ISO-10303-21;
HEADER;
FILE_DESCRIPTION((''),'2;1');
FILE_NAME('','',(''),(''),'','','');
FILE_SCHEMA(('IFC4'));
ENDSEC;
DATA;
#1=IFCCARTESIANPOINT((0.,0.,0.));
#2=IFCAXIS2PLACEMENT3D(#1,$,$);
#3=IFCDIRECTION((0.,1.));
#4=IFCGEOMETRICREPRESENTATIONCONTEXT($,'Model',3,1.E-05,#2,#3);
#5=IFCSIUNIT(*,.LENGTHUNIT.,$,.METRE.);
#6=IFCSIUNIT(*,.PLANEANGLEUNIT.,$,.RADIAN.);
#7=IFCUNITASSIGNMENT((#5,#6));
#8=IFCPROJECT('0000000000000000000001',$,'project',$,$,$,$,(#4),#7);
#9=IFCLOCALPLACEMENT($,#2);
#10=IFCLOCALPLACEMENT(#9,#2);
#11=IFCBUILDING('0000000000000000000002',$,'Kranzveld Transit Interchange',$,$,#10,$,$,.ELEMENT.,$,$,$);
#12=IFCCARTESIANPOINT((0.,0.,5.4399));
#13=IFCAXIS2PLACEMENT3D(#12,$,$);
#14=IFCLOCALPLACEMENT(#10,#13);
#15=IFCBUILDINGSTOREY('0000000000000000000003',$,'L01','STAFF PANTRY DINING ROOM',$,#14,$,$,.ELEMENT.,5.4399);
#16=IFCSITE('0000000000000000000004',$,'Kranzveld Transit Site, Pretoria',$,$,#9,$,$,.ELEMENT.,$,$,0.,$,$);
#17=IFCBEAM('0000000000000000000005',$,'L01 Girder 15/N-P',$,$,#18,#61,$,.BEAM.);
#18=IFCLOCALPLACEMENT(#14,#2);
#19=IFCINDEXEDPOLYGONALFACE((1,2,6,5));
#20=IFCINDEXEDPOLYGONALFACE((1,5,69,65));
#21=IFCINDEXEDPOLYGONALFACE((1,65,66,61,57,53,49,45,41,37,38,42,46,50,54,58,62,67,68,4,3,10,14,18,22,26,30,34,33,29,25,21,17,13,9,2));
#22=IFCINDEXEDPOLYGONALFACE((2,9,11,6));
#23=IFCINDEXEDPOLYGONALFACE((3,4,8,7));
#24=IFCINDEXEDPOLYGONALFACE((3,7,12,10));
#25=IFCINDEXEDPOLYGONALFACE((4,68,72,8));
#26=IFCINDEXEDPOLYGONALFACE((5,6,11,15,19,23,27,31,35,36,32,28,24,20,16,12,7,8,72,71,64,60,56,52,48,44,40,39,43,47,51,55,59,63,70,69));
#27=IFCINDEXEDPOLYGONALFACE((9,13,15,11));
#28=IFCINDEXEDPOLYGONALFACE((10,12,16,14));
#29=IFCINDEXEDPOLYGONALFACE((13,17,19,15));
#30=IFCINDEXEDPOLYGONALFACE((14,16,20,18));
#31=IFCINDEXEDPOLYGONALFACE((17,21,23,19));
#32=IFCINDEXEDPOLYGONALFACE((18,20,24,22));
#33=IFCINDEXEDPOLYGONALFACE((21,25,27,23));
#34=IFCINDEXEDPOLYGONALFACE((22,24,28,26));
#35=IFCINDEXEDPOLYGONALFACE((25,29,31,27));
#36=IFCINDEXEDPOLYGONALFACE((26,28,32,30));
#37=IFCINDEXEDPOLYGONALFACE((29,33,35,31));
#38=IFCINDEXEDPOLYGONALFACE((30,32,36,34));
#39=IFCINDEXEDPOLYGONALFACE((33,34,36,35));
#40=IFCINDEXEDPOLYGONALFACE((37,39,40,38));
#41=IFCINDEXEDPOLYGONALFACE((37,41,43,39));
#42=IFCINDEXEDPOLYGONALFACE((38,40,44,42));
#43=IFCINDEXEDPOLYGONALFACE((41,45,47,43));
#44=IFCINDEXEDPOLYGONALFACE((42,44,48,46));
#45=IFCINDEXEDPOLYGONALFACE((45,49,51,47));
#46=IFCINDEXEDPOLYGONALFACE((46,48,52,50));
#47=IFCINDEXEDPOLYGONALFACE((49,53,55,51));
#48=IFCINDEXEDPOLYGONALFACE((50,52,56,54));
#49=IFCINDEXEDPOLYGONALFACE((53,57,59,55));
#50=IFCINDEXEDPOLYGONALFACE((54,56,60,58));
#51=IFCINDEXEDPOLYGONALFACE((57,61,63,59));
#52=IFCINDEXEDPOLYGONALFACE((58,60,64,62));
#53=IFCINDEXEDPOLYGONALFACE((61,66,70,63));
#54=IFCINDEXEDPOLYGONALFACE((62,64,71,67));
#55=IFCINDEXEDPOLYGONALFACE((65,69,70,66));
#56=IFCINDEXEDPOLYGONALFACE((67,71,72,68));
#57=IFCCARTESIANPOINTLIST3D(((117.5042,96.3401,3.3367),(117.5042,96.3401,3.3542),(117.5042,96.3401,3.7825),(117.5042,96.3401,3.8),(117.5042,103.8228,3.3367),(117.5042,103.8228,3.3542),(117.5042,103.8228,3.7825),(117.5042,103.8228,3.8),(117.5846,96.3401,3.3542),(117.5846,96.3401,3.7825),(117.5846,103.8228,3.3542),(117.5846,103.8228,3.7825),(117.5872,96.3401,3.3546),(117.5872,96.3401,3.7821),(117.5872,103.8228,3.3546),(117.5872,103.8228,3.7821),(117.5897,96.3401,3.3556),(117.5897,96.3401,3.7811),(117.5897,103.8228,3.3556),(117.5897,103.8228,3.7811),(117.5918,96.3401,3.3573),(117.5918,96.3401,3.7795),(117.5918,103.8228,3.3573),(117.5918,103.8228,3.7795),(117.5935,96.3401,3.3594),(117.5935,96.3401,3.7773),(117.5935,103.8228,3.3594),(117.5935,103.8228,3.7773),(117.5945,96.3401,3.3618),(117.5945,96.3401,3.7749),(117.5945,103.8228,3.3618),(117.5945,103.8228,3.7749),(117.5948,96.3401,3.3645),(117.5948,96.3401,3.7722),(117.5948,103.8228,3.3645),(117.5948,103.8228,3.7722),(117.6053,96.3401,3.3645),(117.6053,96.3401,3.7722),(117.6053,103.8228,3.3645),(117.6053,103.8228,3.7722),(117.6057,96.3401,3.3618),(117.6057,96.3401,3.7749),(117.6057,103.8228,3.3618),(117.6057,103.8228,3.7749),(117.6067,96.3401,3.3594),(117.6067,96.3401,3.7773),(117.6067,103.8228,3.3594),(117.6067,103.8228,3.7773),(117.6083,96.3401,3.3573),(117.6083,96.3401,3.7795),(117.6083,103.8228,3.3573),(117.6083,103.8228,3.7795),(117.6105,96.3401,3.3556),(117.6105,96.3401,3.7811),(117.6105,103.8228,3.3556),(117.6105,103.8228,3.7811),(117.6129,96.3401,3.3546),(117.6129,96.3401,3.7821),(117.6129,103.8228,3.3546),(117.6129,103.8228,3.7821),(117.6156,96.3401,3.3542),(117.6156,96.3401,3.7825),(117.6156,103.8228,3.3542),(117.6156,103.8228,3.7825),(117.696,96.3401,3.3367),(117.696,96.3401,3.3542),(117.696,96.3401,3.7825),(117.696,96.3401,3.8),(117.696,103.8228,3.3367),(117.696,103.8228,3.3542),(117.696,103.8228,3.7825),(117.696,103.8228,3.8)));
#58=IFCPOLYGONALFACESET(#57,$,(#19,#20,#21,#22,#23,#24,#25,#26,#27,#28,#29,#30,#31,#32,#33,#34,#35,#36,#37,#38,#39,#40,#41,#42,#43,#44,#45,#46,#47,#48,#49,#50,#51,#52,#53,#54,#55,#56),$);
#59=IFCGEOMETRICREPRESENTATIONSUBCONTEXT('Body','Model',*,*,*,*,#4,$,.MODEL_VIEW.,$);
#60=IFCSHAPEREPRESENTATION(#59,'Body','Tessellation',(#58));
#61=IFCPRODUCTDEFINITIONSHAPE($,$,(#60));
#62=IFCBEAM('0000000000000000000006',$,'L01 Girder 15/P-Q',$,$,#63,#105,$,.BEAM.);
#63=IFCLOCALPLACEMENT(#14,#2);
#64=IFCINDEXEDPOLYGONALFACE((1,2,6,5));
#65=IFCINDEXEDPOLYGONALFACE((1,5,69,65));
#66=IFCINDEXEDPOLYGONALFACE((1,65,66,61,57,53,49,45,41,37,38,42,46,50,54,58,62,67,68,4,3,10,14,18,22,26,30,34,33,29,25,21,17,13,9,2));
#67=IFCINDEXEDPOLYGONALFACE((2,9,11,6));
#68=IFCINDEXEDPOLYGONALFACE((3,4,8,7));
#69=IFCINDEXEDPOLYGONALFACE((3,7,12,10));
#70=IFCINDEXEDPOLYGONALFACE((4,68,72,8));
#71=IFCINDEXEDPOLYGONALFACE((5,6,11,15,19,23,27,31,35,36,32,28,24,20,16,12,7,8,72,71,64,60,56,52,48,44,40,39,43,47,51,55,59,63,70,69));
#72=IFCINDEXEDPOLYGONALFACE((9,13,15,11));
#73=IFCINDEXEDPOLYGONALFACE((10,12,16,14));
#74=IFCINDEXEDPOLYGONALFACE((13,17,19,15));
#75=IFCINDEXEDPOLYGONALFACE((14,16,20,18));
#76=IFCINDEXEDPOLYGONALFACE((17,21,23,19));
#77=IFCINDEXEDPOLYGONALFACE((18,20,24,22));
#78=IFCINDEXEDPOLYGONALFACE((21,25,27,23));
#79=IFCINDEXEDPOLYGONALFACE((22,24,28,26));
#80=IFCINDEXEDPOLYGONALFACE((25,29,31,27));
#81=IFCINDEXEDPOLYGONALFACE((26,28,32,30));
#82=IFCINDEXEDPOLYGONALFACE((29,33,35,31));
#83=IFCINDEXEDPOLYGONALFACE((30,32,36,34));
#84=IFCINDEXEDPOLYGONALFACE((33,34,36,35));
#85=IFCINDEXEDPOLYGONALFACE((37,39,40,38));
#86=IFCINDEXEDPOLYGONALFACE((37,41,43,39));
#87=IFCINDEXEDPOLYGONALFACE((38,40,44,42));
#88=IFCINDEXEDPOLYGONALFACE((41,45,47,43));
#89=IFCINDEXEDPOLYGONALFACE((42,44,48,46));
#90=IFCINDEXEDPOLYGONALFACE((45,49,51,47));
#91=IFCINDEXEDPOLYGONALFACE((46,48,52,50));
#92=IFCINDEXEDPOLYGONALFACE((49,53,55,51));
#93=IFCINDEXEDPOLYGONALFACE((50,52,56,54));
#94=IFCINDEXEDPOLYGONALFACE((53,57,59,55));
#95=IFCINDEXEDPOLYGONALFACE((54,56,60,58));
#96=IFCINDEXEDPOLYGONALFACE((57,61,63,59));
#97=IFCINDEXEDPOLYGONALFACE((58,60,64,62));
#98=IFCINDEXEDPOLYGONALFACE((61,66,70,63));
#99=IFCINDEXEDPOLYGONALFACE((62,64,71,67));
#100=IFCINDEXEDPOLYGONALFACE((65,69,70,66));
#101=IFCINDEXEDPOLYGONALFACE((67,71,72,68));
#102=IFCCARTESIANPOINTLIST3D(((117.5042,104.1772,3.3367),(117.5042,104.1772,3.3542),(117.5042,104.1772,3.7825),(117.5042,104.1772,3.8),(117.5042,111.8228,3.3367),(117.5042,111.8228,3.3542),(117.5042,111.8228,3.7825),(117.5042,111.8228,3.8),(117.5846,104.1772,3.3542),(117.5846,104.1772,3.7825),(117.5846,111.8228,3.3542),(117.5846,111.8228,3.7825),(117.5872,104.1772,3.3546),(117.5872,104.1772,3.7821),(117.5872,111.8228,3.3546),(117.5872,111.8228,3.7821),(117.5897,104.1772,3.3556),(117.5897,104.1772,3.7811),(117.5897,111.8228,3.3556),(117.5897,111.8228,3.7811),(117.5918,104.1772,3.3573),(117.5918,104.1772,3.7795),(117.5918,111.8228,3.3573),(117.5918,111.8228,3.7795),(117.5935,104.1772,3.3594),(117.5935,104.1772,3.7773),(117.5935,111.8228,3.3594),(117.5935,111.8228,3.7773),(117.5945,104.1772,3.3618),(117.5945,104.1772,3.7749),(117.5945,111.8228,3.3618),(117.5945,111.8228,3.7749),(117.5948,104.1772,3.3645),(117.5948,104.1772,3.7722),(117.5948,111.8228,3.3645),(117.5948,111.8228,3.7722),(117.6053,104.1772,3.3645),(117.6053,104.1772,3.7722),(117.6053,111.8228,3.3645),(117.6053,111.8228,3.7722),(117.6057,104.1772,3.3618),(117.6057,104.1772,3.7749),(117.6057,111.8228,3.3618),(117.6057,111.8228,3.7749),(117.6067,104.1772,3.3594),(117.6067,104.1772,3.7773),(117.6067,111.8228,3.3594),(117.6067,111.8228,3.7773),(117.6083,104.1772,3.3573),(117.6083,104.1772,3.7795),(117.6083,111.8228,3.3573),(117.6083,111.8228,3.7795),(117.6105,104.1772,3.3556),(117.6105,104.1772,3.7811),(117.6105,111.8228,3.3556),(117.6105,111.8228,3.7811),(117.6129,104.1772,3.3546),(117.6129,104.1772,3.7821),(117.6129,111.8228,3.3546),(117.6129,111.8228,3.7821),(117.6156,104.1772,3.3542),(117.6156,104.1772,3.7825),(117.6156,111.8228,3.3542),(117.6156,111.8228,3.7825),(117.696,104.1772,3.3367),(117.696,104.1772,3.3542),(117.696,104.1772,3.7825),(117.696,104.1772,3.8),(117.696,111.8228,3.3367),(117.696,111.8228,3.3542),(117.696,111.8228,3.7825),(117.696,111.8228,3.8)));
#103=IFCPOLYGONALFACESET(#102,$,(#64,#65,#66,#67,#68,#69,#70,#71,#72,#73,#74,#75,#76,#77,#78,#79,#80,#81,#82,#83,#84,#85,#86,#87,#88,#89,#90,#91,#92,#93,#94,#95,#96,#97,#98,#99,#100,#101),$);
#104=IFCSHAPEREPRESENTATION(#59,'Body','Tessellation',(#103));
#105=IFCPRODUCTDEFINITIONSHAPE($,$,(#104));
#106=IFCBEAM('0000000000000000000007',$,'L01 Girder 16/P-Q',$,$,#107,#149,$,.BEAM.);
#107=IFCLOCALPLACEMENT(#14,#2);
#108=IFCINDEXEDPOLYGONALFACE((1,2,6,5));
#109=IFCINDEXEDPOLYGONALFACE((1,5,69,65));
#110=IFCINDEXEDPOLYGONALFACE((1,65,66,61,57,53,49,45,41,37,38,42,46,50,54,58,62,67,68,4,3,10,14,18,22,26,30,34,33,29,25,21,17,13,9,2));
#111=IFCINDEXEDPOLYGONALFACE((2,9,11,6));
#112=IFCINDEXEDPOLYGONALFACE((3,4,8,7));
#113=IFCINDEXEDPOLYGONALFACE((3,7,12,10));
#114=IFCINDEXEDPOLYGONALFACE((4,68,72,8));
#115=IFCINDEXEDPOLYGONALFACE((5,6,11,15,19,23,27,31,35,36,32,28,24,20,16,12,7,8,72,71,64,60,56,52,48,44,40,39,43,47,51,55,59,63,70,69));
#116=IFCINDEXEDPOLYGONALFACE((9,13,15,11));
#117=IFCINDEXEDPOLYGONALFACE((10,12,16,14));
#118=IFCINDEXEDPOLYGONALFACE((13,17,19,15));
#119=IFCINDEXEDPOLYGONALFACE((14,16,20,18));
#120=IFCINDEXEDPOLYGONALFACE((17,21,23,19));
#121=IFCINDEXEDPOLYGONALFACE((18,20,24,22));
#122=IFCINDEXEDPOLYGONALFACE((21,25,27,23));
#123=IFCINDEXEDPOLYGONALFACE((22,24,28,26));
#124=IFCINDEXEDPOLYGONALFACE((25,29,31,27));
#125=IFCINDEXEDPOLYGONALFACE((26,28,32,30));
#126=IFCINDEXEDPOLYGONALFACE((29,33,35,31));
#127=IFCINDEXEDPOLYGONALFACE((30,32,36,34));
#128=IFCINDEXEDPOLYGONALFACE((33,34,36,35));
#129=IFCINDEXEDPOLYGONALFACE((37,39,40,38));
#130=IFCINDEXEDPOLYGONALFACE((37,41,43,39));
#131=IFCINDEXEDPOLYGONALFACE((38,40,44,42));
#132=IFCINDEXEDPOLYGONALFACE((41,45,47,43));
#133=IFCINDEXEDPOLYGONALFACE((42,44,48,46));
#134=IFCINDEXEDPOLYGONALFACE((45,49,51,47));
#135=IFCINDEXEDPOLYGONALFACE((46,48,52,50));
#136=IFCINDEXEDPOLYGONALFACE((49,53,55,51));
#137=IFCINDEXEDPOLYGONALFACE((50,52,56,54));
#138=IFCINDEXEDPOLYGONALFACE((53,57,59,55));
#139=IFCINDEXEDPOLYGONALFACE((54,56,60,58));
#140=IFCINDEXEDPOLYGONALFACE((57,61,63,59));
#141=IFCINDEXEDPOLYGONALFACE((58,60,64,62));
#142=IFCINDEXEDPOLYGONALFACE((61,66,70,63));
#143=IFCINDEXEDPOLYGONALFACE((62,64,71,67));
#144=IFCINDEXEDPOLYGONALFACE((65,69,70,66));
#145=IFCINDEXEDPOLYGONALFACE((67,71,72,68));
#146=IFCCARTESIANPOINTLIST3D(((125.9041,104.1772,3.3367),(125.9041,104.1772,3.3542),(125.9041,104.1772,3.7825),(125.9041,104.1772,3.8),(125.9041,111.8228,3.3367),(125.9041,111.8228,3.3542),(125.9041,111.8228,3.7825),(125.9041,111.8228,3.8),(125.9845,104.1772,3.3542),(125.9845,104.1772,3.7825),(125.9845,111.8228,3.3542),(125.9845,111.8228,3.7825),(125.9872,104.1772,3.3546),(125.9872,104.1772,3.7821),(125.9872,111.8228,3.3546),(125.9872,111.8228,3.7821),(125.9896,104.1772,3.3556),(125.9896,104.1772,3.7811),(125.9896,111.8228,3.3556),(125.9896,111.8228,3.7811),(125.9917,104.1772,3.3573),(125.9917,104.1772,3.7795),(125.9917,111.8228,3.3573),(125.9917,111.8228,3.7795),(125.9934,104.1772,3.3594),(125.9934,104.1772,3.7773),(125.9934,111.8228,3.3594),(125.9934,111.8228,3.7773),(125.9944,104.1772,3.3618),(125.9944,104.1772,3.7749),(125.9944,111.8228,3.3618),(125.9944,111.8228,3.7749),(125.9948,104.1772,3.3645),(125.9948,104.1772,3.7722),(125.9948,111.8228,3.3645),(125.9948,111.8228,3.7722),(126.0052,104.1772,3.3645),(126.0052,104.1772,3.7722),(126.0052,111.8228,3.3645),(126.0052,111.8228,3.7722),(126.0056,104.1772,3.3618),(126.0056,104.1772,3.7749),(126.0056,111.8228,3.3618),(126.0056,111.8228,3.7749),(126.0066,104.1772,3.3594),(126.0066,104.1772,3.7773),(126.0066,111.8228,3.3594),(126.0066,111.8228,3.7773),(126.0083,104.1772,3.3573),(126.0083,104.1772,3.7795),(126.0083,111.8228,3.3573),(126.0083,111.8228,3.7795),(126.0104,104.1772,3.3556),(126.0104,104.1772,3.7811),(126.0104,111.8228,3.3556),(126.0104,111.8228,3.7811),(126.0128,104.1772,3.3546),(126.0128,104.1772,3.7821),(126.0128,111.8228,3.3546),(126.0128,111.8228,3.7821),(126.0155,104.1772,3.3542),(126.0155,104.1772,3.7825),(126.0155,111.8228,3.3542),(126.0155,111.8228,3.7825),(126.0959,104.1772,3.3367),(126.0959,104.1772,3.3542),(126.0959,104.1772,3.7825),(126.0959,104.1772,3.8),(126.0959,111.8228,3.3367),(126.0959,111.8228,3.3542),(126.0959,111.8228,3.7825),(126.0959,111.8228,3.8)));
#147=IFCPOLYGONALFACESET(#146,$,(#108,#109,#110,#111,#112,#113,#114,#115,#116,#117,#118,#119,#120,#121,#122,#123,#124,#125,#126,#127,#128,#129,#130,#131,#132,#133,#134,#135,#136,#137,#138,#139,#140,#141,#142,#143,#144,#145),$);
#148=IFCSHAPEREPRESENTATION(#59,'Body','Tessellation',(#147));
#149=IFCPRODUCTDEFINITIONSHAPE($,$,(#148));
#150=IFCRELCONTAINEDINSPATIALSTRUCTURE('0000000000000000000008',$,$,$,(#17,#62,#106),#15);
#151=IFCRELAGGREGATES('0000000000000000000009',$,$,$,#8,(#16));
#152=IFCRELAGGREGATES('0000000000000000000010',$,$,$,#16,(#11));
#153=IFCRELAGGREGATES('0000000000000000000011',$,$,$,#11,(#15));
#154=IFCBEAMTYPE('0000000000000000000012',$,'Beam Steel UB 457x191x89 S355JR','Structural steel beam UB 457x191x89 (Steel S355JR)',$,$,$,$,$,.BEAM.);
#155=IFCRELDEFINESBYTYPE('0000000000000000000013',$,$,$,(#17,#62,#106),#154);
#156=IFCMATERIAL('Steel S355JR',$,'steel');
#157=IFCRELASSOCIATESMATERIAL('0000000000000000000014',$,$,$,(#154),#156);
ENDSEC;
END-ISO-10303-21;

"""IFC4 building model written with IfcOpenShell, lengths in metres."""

from ifc_helpers import new_model, si_unit, direction, frame, origin, origin_2d, place, context, subcontext, project, spatial, i_section, extrude, material, material_profile, profile_set, type_object, element, save


model = new_model("IFC4")

# Units and contexts
model_context = context("Model", 3, precision=1e-05, world=origin(), true_north=direction((0.0, 1.0)))
body_context = subcontext(model_context, "Body", "Model", "MODEL_VIEW")
ifc_project = project(units=[si_unit("LENGTHUNIT", "METRE"), si_unit("PLANEANGLEUNIT", "RADIAN")], contexts=[model_context])

# Site, building, storey
site_placement = place(None, origin())
site = spatial("IfcSite", under=ifc_project, at=site_placement, Name="Kranzveld Transit Site, Pretoria", CompositionType="ELEMENT", RefElevation=0.0)
building_placement = place(site_placement, origin())
building = spatial("IfcBuilding", under=site, at=building_placement, Name="Kranzveld Transit Interchange", CompositionType="ELEMENT")
storey_placement = place(building_placement, frame((0.0, 0.0, 5.4399)))
storey = spatial("IfcBuildingStorey", under=building, at=storey_placement, Name="L01", Description="STAFF PANTRY DINING ROOM", CompositionType="ELEMENT", Elevation=5.4399)

# Beams
ifc_material_1 = material(Name="Steel S355JR", Category="steel")
ifc_material_profile_1 = material_profile(ifc_material_1, i_section(OverallWidth=0.1919, OverallDepth=0.4634, WebThickness=0.0105, FlangeThickness=0.0176, FilletRadius=0.0103, at=origin_2d()), Name="UB 457x191x89")
ifc_profile_set_1 = profile_set([ifc_material_profile_1], Name="Steel S355JR")
beam_type_1 = type_object("IfcBeamType", Name="Beam Steel UB 457x191x89 S355JR", Description="Structural steel beam UB 457x191x89 (Steel S355JR)", PredefinedType="BEAM", material=ifc_profile_set_1)
beam_1_placement = place(storey_placement, frame((117.6001, 96.3401, 3.5684), z_axis=(0.0, 1.0, 0.0), x_axis=(-1.0, 0.0, 0.0)))
element("IfcBeam", 1, at=beam_1_placement, inside=storey, type_object=beam_type_1, Name="L01 Girder 15/N-P", PredefinedType="BEAM", context=body_context, shape_type="SweptSolid", body=[
    extrude(i_section(OverallWidth=0.1919, OverallDepth=0.4634, WebThickness=0.0105, FlangeThickness=0.0176, FilletRadius=0.0103, at=origin_2d()), origin(), (0.0, 0.0, 1.0), 7.4827),
])
for number, where, z_axis, x_axis, name in (
    (2, (117.6001, 104.1772, 3.5684), (0.0, 1.0, 0.0), (-1.0, 0.0, 0.0), "L01 Girder 15/P-Q"),
    (3, (126.0, 104.1772, 3.5684), (0.0, 1.0, 0.0), (-1.0, 0.0, 0.0), "L01 Girder 16/P-Q"),
):
    element("IfcBeam", number, at=place(storey_placement, frame(where, z_axis=z_axis, x_axis=x_axis)), inside=storey, type_object=beam_type_1, Name=name, PredefinedType="BEAM", context=body_context, shape_type="SweptSolid", body=[
        extrude(i_section(OverallWidth=0.1919, OverallDepth=0.4634, WebThickness=0.0105, FlangeThickness=0.0176, FilletRadius=0.0103, at=origin_2d()), origin(), (0.0, 0.0, 1.0), 7.6455),
    ])

save(model, "model.ifc")
